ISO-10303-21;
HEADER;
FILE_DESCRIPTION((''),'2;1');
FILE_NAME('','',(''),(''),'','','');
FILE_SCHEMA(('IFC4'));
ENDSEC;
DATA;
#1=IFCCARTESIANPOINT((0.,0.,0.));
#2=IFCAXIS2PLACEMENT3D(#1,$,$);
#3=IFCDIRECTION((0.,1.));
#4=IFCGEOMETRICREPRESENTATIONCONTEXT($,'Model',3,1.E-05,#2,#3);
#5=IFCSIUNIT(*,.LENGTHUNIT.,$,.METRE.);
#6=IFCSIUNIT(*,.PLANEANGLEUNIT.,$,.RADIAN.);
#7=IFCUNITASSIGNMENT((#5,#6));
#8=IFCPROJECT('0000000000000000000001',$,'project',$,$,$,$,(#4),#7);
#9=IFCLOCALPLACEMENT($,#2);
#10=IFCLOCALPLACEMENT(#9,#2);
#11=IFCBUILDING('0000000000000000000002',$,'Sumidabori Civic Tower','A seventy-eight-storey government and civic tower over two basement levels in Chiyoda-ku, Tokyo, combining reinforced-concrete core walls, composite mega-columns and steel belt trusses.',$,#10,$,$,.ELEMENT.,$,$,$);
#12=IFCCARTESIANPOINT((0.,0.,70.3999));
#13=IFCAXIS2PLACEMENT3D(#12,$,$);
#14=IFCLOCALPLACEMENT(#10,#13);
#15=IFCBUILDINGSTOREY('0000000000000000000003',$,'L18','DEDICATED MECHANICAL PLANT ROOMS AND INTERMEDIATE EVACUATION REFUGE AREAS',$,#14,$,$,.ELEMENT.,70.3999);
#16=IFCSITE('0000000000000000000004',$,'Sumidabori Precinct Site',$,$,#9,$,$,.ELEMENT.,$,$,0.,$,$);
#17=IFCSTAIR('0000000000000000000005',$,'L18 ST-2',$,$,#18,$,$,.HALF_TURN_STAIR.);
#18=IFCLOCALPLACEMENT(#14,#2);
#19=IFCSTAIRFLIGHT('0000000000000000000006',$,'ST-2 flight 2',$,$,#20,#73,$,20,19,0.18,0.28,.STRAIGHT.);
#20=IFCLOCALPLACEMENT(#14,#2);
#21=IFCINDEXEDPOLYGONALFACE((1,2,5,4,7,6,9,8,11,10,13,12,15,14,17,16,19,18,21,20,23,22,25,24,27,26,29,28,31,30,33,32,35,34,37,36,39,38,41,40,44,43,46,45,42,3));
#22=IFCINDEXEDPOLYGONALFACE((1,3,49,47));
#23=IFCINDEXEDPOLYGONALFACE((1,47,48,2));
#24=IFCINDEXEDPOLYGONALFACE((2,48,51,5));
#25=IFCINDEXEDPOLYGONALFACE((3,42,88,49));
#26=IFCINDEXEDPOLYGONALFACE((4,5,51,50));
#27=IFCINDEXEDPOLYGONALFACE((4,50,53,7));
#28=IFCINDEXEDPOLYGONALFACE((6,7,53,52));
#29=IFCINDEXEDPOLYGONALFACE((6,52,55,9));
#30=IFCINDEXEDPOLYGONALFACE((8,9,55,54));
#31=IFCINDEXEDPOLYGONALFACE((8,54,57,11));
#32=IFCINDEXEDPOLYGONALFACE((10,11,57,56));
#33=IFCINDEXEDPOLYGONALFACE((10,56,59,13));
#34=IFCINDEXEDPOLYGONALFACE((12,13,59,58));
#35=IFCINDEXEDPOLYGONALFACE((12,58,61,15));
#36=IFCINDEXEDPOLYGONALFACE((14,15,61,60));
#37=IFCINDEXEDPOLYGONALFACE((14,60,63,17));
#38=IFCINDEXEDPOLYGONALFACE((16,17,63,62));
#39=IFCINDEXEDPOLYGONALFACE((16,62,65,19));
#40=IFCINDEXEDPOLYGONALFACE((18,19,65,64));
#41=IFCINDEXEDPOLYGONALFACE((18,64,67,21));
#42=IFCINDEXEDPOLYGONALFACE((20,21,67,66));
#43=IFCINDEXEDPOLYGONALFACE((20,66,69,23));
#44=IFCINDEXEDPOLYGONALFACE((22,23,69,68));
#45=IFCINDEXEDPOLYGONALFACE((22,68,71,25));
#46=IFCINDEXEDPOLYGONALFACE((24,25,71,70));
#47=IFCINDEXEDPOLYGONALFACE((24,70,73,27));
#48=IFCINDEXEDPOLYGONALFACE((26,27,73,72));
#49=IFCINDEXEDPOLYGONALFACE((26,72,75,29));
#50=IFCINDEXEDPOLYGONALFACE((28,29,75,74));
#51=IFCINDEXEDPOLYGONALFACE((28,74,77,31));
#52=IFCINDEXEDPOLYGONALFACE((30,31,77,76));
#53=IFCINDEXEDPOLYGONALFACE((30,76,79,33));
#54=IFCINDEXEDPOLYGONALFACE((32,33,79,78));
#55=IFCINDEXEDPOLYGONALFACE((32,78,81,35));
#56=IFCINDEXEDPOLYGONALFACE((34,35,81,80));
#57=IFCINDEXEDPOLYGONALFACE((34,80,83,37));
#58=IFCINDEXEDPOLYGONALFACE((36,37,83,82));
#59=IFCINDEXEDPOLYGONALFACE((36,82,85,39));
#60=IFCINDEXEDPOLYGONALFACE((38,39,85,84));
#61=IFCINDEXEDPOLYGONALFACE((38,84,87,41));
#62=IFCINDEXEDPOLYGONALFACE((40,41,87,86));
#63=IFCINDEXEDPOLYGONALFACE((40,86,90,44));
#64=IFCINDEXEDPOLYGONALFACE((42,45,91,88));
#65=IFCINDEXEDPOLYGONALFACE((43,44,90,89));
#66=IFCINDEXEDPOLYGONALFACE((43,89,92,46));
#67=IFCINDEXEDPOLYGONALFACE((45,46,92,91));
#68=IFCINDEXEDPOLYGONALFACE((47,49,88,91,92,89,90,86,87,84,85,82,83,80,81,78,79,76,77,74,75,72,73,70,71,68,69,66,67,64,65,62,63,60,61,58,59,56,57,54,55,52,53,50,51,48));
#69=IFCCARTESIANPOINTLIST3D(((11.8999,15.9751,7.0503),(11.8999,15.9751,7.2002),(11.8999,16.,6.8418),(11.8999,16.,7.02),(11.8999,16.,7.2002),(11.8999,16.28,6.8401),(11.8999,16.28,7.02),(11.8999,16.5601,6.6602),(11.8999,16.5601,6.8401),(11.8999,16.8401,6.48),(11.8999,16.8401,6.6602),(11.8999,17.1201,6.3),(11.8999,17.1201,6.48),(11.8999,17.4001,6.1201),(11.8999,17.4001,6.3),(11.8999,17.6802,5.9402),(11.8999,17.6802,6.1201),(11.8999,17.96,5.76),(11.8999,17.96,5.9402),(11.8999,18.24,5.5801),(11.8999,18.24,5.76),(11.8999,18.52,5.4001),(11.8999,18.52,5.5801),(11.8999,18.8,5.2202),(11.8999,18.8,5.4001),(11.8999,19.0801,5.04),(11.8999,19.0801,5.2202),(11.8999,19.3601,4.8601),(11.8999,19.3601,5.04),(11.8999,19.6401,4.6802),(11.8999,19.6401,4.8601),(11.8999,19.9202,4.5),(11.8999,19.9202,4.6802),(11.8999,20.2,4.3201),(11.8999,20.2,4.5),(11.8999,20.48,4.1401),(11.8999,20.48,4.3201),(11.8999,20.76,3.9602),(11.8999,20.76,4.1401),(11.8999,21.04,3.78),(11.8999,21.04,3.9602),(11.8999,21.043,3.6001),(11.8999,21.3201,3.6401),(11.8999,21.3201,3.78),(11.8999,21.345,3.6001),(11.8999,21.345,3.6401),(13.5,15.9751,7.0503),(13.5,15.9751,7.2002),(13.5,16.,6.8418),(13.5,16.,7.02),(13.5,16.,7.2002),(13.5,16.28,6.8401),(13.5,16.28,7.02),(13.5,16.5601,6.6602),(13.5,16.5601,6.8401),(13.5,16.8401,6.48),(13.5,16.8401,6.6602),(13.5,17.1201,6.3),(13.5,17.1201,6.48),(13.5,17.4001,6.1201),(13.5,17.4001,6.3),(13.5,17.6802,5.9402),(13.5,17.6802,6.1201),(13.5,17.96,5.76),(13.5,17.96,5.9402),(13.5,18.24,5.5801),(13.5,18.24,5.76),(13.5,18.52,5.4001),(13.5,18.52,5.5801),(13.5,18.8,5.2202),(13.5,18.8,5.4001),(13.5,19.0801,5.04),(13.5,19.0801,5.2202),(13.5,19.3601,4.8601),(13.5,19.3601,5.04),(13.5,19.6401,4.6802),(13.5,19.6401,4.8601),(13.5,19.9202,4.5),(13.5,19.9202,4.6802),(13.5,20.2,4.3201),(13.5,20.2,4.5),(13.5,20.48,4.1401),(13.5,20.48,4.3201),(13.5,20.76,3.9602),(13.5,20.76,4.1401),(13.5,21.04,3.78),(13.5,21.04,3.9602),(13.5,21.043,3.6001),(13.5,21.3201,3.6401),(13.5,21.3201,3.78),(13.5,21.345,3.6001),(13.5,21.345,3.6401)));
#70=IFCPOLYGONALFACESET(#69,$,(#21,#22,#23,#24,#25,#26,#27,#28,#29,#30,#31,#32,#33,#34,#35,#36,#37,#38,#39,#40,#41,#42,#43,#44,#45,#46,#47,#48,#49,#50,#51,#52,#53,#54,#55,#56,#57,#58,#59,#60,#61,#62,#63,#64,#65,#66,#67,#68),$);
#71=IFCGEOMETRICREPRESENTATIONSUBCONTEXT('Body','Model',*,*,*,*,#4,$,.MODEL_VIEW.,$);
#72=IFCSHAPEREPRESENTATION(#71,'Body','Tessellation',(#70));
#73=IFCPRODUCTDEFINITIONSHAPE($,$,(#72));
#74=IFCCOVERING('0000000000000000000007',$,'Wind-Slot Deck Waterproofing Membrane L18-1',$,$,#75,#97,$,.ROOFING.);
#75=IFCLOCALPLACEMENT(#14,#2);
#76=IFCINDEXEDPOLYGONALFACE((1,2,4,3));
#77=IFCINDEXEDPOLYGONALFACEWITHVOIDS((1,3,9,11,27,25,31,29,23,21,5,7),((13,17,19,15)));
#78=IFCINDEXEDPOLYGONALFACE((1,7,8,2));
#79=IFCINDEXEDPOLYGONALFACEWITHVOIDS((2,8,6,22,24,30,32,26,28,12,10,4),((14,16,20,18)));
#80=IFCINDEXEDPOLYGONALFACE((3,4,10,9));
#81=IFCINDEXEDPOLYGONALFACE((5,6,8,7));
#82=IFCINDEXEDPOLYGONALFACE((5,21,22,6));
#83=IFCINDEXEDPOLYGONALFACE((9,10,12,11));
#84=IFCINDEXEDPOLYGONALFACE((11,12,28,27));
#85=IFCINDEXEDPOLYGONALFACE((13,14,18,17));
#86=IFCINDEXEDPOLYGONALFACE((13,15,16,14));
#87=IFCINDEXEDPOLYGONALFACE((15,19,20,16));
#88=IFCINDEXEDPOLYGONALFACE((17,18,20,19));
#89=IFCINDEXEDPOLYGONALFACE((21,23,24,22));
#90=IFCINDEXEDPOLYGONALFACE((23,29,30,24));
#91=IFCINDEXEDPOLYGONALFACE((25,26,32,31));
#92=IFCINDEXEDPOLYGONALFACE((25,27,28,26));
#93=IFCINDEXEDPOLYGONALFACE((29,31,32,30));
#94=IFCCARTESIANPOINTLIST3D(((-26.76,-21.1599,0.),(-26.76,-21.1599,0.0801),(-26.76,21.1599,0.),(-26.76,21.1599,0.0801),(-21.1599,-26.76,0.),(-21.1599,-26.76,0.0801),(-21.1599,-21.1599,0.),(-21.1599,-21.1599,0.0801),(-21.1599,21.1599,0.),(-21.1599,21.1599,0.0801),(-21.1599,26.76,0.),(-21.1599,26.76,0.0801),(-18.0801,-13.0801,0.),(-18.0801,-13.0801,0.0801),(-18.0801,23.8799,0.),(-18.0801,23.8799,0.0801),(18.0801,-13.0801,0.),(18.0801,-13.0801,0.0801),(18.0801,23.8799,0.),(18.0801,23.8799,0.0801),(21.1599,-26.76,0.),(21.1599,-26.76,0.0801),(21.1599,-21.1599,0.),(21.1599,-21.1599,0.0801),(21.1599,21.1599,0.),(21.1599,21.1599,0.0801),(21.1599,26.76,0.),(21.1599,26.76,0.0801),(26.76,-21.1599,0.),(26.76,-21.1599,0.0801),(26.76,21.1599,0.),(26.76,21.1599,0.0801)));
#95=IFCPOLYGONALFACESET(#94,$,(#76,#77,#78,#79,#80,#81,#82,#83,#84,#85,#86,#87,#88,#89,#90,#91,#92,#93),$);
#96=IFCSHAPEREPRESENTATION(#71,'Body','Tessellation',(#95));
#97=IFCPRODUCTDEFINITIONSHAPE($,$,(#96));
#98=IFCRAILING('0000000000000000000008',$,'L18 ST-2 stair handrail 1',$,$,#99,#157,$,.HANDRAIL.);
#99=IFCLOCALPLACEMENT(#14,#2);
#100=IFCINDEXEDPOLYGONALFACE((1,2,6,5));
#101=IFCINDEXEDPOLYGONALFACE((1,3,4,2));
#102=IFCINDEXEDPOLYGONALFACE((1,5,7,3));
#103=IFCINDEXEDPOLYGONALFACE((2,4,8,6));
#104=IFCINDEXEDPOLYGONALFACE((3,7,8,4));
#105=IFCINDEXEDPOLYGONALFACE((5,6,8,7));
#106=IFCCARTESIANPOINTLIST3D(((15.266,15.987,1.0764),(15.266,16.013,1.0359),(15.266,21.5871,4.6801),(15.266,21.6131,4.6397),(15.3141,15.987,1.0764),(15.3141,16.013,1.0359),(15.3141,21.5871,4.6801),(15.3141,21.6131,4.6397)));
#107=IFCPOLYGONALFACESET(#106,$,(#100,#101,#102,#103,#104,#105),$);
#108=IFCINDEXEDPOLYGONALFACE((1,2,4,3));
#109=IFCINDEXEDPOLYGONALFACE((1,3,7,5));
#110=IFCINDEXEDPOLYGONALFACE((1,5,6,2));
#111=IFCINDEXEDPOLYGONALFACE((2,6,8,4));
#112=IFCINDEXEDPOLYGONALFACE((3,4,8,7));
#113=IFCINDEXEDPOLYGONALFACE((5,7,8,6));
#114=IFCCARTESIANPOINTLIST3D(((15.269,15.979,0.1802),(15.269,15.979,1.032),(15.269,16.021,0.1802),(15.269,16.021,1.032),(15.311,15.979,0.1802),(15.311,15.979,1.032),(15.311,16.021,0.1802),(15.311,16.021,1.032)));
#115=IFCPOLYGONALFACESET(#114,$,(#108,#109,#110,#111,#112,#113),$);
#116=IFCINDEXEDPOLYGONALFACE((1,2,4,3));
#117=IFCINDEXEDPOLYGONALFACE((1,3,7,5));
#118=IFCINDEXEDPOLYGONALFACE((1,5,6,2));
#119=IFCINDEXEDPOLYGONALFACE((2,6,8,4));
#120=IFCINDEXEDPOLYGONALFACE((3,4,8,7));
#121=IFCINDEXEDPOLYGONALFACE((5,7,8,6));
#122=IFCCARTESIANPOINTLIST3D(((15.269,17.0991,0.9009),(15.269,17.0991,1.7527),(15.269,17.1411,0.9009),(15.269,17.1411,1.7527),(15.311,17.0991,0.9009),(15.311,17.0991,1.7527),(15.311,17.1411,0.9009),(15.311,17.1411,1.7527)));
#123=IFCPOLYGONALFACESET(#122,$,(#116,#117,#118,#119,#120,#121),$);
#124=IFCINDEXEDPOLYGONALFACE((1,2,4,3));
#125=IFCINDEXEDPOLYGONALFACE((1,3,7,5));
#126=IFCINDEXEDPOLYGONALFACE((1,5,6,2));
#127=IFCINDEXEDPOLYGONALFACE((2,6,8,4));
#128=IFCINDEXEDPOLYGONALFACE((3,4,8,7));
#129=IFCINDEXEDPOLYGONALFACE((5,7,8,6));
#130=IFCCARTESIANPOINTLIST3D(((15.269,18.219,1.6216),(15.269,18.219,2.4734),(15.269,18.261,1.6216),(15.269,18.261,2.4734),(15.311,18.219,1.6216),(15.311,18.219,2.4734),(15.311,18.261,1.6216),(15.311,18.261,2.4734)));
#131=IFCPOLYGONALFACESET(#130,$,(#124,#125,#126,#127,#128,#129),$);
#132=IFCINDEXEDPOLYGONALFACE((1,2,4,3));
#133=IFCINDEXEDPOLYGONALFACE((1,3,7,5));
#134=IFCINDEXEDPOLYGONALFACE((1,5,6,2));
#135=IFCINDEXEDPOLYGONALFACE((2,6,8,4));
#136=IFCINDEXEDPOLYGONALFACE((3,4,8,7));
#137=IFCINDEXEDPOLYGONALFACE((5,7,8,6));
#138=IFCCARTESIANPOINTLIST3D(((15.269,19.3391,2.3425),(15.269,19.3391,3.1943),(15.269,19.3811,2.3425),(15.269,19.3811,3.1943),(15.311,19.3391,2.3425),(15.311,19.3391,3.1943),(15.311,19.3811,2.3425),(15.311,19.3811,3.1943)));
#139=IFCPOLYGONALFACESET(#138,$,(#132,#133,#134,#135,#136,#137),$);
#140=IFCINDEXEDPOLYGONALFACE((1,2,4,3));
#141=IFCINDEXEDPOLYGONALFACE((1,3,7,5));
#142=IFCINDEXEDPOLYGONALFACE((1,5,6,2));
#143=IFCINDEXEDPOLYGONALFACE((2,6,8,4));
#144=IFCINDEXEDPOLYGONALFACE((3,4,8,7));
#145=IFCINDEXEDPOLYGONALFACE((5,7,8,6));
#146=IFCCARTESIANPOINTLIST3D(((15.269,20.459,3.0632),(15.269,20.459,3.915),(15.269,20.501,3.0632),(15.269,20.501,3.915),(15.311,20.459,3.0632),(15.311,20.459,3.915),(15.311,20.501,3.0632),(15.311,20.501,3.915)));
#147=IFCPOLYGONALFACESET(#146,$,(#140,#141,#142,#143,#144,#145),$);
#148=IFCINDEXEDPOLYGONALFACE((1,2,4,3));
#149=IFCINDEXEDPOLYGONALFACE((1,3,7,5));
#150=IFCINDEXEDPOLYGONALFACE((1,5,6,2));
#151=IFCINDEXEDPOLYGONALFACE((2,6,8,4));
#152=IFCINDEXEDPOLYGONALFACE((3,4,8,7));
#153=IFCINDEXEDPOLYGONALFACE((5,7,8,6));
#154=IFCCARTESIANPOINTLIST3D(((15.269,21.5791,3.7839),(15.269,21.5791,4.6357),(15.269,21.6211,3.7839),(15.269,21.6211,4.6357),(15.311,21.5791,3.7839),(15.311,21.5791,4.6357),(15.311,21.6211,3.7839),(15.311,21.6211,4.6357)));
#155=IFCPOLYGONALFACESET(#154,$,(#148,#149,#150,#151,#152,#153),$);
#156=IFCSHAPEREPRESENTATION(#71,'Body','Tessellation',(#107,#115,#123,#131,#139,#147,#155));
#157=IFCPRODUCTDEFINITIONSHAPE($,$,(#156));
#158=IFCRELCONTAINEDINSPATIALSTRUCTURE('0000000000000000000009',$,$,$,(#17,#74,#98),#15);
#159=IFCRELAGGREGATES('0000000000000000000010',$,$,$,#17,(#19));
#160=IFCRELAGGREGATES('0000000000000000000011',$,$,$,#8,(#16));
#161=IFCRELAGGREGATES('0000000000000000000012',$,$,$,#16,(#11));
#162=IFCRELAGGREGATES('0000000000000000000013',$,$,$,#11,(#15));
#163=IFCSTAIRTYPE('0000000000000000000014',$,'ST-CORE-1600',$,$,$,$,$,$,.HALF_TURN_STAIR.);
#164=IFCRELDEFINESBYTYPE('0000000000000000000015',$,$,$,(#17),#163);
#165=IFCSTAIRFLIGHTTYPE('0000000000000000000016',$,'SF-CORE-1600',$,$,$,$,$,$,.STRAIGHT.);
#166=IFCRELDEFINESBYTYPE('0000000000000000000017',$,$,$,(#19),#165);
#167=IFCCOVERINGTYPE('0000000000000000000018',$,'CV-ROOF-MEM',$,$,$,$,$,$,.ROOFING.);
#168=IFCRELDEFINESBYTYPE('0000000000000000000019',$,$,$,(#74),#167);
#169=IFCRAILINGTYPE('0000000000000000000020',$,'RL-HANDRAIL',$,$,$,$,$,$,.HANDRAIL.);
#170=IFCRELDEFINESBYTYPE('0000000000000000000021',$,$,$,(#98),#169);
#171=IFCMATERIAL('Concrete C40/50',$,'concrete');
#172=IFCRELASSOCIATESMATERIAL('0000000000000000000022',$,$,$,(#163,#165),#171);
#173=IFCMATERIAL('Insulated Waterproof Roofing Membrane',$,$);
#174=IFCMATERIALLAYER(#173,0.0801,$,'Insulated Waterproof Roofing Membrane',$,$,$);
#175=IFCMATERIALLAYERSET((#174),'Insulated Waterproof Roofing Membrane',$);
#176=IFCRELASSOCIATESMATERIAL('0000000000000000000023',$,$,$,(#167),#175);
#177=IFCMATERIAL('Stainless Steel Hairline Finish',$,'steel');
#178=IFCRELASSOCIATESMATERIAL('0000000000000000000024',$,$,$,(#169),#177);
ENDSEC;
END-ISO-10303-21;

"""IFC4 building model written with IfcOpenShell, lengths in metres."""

from ifc_helpers import new_model, si_unit, direction, frame, origin, origin_2d, place, context, subcontext, project, spatial, polyline, rectangle, outline, extrude, source, transform, mapped, material, layer, layer_set, type_object, element, aggregate, save


model = new_model("IFC4")

# Units and contexts
model_context = context("Model", 3, precision=1e-05, world=origin(), true_north=direction((0.0, 1.0)))
body_context = subcontext(model_context, "Body", "Model", "MODEL_VIEW")
ifc_project = project(units=[si_unit("LENGTHUNIT", "METRE"), si_unit("PLANEANGLEUNIT", "RADIAN")], contexts=[model_context])

# Site, building, storey
site_placement = place(None, origin())
site = spatial("IfcSite", under=ifc_project, at=site_placement, Name="Sumidabori Precinct Site", CompositionType="ELEMENT", RefElevation=0.0)
building_placement = place(site_placement, origin())
building = spatial("IfcBuilding", under=site, at=building_placement, Name="Sumidabori Civic Tower", Description="A seventy-eight-storey government and civic tower over two basement levels in Chiyoda-ku, Tokyo, combining reinforced-concrete core walls, composite mega-columns and steel belt trusses.", CompositionType="ELEMENT")
storey_placement = place(building_placement, frame((0.0, 0.0, 70.3999)))
storey = spatial("IfcBuildingStorey", under=building, at=storey_placement, Name="L18", Description="DEDICATED MECHANICAL PLANT ROOMS AND INTERMEDIATE EVACUATION REFUGE AREAS", CompositionType="ELEMENT", Elevation=70.3999)

# Stair
ifc_material_1 = material(Name="Concrete C40/50", Category="concrete")
stair_type = type_object("IfcStairType", Name="ST-CORE-1600", PredefinedType="HALF_TURN_STAIR", material=ifc_material_1)
stair_1_placement = place(storey_placement, origin())
stair_1 = element("IfcStair", 1, at=stair_1_placement, inside=storey, type_object=stair_type, Name="L18 ST-2", PredefinedType="HALF_TURN_STAIR")

# Shared definitions
ifc_material_2 = material(Name="Stainless Steel Hairline Finish", Category="steel")

# Stair flight
stair_flight_type = type_object("IfcStairFlightType", Name="SF-CORE-1600", PredefinedType="STRAIGHT", material=ifc_material_1)
shared_shape_1 = source(origin(), body_context, "Body", "SweptSolid", [
    extrude(outline(polyline([(-0.0249, 0.0), (-0.0249, 0.04), (0.0, 0.04), (0.0, 0.1799), (0.28, 0.1799), (0.28, 0.3601), (0.5601, 0.3601), (0.5601, 0.54), (0.8401, 0.54), (0.8401, 0.72), (1.1201, 0.72), (1.1201, 0.8999), (1.3999, 0.8999), (1.3999, 1.0801), (1.6799, 1.0801), (1.6799, 1.26), (1.96, 1.26), (1.96, 1.4399), (2.24, 1.4399), (2.24, 1.6201), (2.52, 1.6201), (2.52, 1.8), (2.8, 1.8), (2.8, 1.98), (3.0801, 1.98), (3.0801, 2.1599), (3.3601, 2.1599), (3.3601, 2.3401), (3.6399, 2.3401), (3.6399, 2.52), (3.9199, 2.52), (3.9199, 2.7), (4.2, 2.7), (4.2, 2.8799), (4.48, 2.8799), (4.48, 3.0601), (4.76, 3.0601), (4.76, 3.24), (5.04, 3.24), (5.04, 3.4199), (5.3201, 3.4199), (5.3201, 3.6001), (5.345, 3.6001), (5.345, 3.4502), (5.3201, 3.2417), (0.2771, 0.0), (-0.0249, 0.0)])), frame((0.0, 0.8, 0.0), z_axis=(0.0, -1.0, 0.0), x_axis=(1.0, 0.0, 0.0)), (0.0, 0.0, 1.0), 1.6001),
])
stair_flight_1_placement = place(storey_placement, frame((12.7, 21.3201, 3.6001), z_axis=(0.0, 0.0, 1.0), x_axis=(0.0, -1.0, 0.0)))
stair_flight_1 = element("IfcStairFlight", 2, at=stair_flight_1_placement, type_object=stair_flight_type, Name="ST-2 flight 2", NumberOfRisers=20, NumberOfTreads=19, PredefinedType="STRAIGHT", RiserHeight=0.18, TreadLength=0.28, context=body_context, shape_type="MappedRepresentation", body=[
    mapped(shared_shape_1, transform((0.0, 0.0, 0.0), x_axis=(1.0, 0.0, 0.0), y_axis=(0.0, 1.0, 0.0), z_axis=(0.0, 0.0, 1.0), scale=1.0)),
])
aggregate(stair_1, [stair_flight_1])

# Covering
ifc_material_3 = material(Name="Insulated Waterproof Roofing Membrane")
ifc_layer_1 = layer(ifc_material_3, 0.0801, Name="Insulated Waterproof Roofing Membrane")
ifc_layer_set_1 = layer_set([ifc_layer_1], Name="Insulated Waterproof Roofing Membrane")
covering_type = type_object("IfcCoveringType", Name="CV-ROOF-MEM", PredefinedType="ROOFING", material=ifc_layer_set_1)
covering_placement = place(storey_placement, origin())
element("IfcCovering", 3, at=covering_placement, inside=storey, type_object=covering_type, Name="Wind-Slot Deck Waterproofing Membrane L18-1", PredefinedType="ROOFING", context=body_context, shape_type="SweptSolid", body=[
    extrude(outline(polyline([(-21.1599, -21.1599), (-26.76, -21.1599), (-26.76, 21.1599), (-21.1599, 21.1599), (-21.1599, 26.76), (21.1599, 26.76), (21.1599, 21.1599), (26.76, 21.1599), (26.76, -21.1599), (21.1599, -21.1599), (21.1599, -26.76), (-21.1599, -26.76), (-21.1599, -21.1599)]), holes=[polyline([(18.0801, 23.8799), (-18.0801, 23.8799), (-18.0801, -13.0801), (18.0801, -13.0801), (18.0801, 23.8799)])]), origin(), (0.0, 0.0, 1.0), 0.0801),
])

# Railing
railing_type_1 = type_object("IfcRailingType", Name="RL-HANDRAIL", PredefinedType="HANDRAIL", material=ifc_material_2)
railing_1_placement = place(storey_placement, frame((15.29, 16.0, 0.1802)))
element("IfcRailing", 4, at=railing_1_placement, inside=storey, type_object=railing_type_1, Name="L18 ST-2 stair handrail 1", PredefinedType="HANDRAIL", context=body_context, shape_type="SweptSolid", body=[
    extrude(rectangle(XDim=0.0481, YDim=0.0481, at=origin_2d()), frame((0.0, 0.0, 0.876), z_axis=(0.0, 0.840926, 0.54115), x_axis=(-1.0, 0.0, 0.0)), (0.0, 0.0, 1.0), 6.6594),
    extrude(rectangle(XDim=0.042, YDim=0.042, at=origin_2d()), origin(), (0.0, 0.0, 1.0), 0.8518),
    extrude(rectangle(XDim=0.042, YDim=0.042, at=origin_2d()), frame((0.0, 1.1201, 0.7207)), (0.0, 0.0, 1.0), 0.8518),
    extrude(rectangle(XDim=0.042, YDim=0.042, at=origin_2d()), frame((0.0, 2.24, 1.4414)), (0.0, 0.0, 1.0), 0.8518),
    extrude(rectangle(XDim=0.042, YDim=0.042, at=origin_2d()), frame((0.0, 3.3601, 2.1624)), (0.0, 0.0, 1.0), 0.8518),
    extrude(rectangle(XDim=0.042, YDim=0.042, at=origin_2d()), frame((0.0, 4.48, 2.8831)), (0.0, 0.0, 1.0), 0.8518),
    extrude(rectangle(XDim=0.042, YDim=0.042, at=origin_2d()), frame((0.0, 5.6001, 3.6038)), (0.0, 0.0, 1.0), 0.8518),
])

save(model, "model.ifc")
